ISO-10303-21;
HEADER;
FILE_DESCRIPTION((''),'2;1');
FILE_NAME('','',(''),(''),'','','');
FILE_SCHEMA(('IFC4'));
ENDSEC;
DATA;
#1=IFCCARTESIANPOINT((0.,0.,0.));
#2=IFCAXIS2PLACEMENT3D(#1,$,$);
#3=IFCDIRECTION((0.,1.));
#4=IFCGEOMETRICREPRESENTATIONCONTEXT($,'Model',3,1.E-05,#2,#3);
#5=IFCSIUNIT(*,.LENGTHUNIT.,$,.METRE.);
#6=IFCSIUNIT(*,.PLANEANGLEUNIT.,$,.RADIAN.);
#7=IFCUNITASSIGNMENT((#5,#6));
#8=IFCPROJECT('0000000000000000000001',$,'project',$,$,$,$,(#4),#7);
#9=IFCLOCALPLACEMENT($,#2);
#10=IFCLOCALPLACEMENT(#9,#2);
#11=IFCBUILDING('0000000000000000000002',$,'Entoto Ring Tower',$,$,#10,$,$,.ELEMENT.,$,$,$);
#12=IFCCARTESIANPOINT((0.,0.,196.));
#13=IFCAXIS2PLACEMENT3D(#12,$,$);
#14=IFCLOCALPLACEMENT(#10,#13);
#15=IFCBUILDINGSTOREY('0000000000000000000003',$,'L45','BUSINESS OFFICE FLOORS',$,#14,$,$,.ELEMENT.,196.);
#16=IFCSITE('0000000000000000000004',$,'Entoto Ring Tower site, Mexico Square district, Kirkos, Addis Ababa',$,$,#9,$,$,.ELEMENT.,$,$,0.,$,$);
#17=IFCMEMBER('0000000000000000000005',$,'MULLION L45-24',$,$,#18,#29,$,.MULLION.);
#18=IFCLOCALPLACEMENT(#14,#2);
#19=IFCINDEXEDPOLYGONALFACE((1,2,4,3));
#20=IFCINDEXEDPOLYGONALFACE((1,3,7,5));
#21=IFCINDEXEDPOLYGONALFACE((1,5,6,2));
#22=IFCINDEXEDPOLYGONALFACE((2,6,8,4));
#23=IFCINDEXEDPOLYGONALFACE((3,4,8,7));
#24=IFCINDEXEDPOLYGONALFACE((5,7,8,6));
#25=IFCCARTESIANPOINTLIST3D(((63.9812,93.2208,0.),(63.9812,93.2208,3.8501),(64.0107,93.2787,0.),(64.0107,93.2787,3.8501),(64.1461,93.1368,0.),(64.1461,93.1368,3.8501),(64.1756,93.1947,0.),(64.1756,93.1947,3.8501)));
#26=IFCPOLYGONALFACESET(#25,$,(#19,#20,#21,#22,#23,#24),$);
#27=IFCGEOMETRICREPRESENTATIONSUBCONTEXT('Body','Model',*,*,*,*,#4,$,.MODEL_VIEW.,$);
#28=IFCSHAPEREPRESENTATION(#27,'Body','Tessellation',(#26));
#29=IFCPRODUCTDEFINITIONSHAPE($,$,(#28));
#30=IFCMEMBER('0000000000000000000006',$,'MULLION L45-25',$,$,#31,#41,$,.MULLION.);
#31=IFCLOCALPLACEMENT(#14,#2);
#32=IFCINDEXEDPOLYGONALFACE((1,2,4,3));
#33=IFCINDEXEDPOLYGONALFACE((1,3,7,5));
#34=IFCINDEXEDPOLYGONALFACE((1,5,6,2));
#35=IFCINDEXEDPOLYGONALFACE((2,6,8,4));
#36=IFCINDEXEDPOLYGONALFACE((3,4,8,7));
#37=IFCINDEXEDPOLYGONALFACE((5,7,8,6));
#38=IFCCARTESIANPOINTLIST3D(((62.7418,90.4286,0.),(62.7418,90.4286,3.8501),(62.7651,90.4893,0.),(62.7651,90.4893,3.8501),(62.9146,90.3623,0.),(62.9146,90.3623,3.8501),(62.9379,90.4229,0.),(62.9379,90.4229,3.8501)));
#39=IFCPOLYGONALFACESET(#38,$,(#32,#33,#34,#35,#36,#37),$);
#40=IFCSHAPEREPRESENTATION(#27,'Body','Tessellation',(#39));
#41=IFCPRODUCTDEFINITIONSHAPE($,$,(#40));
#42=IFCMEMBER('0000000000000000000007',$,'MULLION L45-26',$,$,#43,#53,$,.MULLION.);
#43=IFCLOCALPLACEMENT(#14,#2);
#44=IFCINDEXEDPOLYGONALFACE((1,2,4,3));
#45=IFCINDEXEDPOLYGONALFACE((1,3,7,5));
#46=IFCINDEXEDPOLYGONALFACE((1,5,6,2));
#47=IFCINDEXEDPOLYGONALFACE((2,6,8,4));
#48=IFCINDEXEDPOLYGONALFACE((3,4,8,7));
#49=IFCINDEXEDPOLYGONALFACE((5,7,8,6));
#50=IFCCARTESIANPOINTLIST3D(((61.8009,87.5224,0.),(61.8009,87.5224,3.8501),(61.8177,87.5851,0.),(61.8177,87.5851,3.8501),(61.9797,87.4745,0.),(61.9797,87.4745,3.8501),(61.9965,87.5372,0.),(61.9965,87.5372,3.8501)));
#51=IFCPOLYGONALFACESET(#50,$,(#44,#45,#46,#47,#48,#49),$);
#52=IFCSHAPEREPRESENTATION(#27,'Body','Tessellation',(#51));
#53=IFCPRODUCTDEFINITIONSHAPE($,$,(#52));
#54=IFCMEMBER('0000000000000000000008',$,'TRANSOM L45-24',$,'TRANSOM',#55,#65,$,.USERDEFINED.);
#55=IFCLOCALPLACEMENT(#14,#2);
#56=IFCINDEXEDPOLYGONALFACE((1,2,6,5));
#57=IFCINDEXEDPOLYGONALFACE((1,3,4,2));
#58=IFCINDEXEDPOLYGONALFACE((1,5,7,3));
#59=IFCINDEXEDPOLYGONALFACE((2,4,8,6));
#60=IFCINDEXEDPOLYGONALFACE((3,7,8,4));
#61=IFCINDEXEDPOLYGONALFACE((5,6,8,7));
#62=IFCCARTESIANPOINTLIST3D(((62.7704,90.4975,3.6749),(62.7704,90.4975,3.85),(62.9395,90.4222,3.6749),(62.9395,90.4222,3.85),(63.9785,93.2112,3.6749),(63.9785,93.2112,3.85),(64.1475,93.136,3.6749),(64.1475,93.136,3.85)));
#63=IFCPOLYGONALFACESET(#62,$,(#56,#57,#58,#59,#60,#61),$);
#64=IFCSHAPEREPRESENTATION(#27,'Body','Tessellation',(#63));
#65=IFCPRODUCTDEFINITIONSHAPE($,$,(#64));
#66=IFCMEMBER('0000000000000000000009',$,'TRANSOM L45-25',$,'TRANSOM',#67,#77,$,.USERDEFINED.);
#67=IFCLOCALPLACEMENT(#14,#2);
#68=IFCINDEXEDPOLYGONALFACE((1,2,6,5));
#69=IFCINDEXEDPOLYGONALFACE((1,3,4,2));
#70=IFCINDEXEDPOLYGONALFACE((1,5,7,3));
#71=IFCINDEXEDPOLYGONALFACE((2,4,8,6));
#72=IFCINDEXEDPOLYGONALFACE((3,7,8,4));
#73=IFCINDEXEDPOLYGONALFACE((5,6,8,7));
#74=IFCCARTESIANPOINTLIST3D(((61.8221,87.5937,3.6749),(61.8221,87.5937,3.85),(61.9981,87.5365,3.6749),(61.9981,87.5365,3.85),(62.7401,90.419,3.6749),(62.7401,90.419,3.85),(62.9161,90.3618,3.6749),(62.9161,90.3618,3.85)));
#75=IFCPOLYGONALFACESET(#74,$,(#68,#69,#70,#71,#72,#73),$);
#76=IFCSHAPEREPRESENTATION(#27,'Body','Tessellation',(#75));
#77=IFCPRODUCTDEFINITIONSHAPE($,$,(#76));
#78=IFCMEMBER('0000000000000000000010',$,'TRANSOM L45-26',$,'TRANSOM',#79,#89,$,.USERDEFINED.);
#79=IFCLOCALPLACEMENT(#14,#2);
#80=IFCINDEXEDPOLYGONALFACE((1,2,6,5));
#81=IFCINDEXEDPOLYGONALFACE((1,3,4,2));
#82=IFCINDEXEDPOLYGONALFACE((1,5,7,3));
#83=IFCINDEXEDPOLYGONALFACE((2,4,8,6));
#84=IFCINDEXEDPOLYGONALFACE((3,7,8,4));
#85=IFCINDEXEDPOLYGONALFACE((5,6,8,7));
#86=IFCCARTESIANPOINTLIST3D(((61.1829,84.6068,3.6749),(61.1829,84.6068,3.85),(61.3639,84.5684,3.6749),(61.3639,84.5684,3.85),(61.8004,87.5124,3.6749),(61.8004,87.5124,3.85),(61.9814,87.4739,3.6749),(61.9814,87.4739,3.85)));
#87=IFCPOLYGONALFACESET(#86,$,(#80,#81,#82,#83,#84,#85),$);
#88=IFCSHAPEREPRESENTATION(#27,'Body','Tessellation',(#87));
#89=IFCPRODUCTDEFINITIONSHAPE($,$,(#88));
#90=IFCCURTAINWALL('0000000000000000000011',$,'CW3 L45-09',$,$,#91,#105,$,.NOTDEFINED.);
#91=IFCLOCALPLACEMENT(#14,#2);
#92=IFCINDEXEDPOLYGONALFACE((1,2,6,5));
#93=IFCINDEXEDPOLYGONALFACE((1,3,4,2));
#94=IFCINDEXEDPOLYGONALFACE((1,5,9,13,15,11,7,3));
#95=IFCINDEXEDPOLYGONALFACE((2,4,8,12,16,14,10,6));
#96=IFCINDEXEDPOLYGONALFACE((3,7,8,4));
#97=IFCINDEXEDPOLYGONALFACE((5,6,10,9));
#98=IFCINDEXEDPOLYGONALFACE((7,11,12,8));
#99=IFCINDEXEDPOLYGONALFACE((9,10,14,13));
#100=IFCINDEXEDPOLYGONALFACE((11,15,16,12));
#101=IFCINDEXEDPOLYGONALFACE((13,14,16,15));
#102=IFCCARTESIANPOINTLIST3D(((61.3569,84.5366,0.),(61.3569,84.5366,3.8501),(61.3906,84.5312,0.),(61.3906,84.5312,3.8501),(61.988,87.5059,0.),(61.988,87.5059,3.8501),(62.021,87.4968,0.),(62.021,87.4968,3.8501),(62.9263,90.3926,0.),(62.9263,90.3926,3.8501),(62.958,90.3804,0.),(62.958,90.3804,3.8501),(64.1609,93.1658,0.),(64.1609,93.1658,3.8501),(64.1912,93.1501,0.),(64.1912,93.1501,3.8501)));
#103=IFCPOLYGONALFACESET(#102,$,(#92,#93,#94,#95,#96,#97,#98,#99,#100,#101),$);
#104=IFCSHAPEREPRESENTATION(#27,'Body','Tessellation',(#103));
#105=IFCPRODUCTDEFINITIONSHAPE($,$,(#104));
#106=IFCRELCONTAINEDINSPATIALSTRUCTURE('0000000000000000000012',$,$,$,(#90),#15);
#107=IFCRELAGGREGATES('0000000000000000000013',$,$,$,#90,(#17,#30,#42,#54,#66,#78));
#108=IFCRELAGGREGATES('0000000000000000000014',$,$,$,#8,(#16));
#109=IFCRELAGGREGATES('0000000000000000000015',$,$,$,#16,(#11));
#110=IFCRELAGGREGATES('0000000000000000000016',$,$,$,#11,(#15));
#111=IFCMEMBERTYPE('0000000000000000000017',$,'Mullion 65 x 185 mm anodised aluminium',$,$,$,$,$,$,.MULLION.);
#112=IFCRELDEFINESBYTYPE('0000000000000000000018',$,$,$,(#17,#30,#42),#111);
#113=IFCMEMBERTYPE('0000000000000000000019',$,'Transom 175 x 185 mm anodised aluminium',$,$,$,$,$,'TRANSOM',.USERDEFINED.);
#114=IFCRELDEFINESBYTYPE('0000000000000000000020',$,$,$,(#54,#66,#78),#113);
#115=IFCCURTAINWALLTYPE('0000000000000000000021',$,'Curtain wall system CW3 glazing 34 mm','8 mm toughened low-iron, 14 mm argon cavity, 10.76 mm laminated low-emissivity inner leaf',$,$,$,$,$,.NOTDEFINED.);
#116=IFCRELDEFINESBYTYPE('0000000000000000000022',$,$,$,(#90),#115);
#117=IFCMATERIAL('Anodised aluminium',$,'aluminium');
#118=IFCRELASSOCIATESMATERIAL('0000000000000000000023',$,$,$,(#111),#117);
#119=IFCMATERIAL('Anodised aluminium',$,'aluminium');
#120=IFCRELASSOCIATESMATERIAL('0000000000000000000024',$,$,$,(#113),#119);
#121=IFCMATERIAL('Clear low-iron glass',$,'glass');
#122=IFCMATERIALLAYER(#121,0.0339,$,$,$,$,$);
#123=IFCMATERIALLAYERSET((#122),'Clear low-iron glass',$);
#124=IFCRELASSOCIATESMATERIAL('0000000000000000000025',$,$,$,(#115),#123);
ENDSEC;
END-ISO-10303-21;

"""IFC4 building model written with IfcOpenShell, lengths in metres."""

from ifc_helpers import new_model, si_unit, direction, frame, origin, origin_2d, place, context, subcontext, project, spatial, polyline, rectangle, outline, extrude, material, layer, layer_set, material_profile, profile_set, type_object, element, aggregate, save


model = new_model("IFC4")

# Units and contexts
model_context = context("Model", 3, precision=1e-05, world=origin(), true_north=direction((0.0, 1.0)))
body_context = subcontext(model_context, "Body", "Model", "MODEL_VIEW")
ifc_project = project(units=[si_unit("LENGTHUNIT", "METRE"), si_unit("PLANEANGLEUNIT", "RADIAN")], contexts=[model_context])

# Members
ifc_material_1 = material(Name="Anodised aluminium", Category="aluminium")
ifc_material_profile_1 = material_profile(ifc_material_1, rectangle(XDim=0.0649, YDim=0.1851, at=origin_2d()), Name="Mullion 65 x 185 mm anodised aluminium")
ifc_profile_set_1 = profile_set([ifc_material_profile_1], Name="Anodised aluminium")
member_type_1 = type_object("IfcMemberType", Name="Mullion 65 x 185 mm anodised aluminium", PredefinedType="MULLION", material=ifc_profile_set_1)
site_placement = place(None, origin())
building_placement = place(site_placement, origin())
storey_placement = place(building_placement, frame((0.0, 0.0, 196.0)))
member_1_placement = place(storey_placement, frame((64.0784, 93.2078, 0.0), z_axis=(0.0, 0.0, 1.0), x_axis=(-0.45399, -0.891007, 0.0)))
member_1 = element("IfcMember", 1, at=member_1_placement, type_object=member_type_1, Name="MULLION L45-24", PredefinedType="MULLION", context=body_context, shape_type="SweptSolid", body=[
    extrude(rectangle(XDim=0.0649, YDim=0.1851, at=origin_2d()), origin(), (0.0, 0.0, 1.0), 3.8501),
])
member_2_placement = place(storey_placement, frame((62.8398, 90.4258, 0.0), z_axis=(0.0, 0.0, 1.0), x_axis=(-0.358368, -0.93358, 0.0)))
member_2 = element("IfcMember", 2, at=member_2_placement, type_object=member_type_1, Name="MULLION L45-25", PredefinedType="MULLION", context=body_context, shape_type="SweptSolid", body=[
    extrude(rectangle(XDim=0.0649, YDim=0.1851, at=origin_2d()), origin(), (0.0, 0.0, 1.0), 3.8501),
])
member_3_placement = place(storey_placement, frame((61.8987, 87.5298, 0.0), z_axis=(0.0, 0.0, 1.0), x_axis=(-0.258819, -0.965926, 0.0)))
member_3 = element("IfcMember", 3, at=member_3_placement, type_object=member_type_1, Name="MULLION L45-26", PredefinedType="MULLION", context=body_context, shape_type="SweptSolid", body=[
    extrude(rectangle(XDim=0.0649, YDim=0.1851, at=origin_2d()), origin(), (0.0, 0.0, 1.0), 3.8501),
])
ifc_material_2 = material(Name="Anodised aluminium", Category="aluminium")
ifc_material_profile_2 = material_profile(ifc_material_2, rectangle(XDim=0.1851, YDim=0.175, at=origin_2d()), Name="Transom 175 x 185 mm anodised aluminium")
ifc_profile_set_2 = profile_set([ifc_material_profile_2], Name="Anodised aluminium")
member_type_2 = type_object("IfcMemberType", Name="Transom 175 x 185 mm anodised aluminium", ElementType="TRANSOM", PredefinedType="USERDEFINED", material=ifc_profile_set_2)
member_4_placement = place(storey_placement, frame((64.063, 93.1736, 3.7625), z_axis=(-0.406687, -0.913567, 0.0), x_axis=(0.913567, -0.406687, 0.0)))
member_4 = element("IfcMember", 4, at=member_4_placement, type_object=member_type_2, Name="TRANSOM L45-24", ObjectType="TRANSOM", PredefinedType="USERDEFINED", context=body_context, shape_type="SweptSolid", body=[
    extrude(rectangle(XDim=0.1851, YDim=0.175, at=origin_2d()), origin(), (0.0, 0.0, 1.0), 2.9705),
])
member_5_placement = place(storey_placement, frame((62.8281, 90.3904, 3.7625), z_axis=(-0.309019, -0.951056, 0.0), x_axis=(0.951056, -0.309019, 0.0)))
member_5 = element("IfcMember", 5, at=member_5_placement, type_object=member_type_2, Name="TRANSOM L45-25", ObjectType="TRANSOM", PredefinedType="USERDEFINED", context=body_context, shape_type="SweptSolid", body=[
    extrude(rectangle(XDim=0.1851, YDim=0.175, at=origin_2d()), origin(), (0.0, 0.0, 1.0), 2.9707),
])
member_6_placement = place(storey_placement, frame((61.8909, 87.4932, 3.7625), z_axis=(-0.207862, -0.978158, 0.0), x_axis=(0.978158, -0.207862, 0.0)))
member_6 = element("IfcMember", 6, at=member_6_placement, type_object=member_type_2, Name="TRANSOM L45-26", ObjectType="TRANSOM", PredefinedType="USERDEFINED", context=body_context, shape_type="SweptSolid", body=[
    extrude(rectangle(XDim=0.1851, YDim=0.175, at=origin_2d()), origin(), (0.0, 0.0, 1.0), 2.9705),
])

# Site, building, storey
site = spatial("IfcSite", under=ifc_project, at=site_placement, Name="Entoto Ring Tower site, Mexico Square district, Kirkos, Addis Ababa", CompositionType="ELEMENT", RefElevation=0.0)
building = spatial("IfcBuilding", under=site, at=building_placement, Name="Entoto Ring Tower", CompositionType="ELEMENT")
storey = spatial("IfcBuildingStorey", under=building, at=storey_placement, Name="L45", Description="BUSINESS OFFICE FLOORS", CompositionType="ELEMENT", Elevation=196.0)

# Curtain wall
ifc_material_3 = material(Name="Clear low-iron glass", Category="glass")
ifc_layer = layer(ifc_material_3, 0.0339)
ifc_layer_set = layer_set([ifc_layer], Name="Clear low-iron glass")
curtain_wall_type = type_object("IfcCurtainWallType", Name="Curtain wall system CW3 glazing 34 mm", Description="8 mm toughened low-iron, 14 mm argon cavity, 10.76 mm laminated low-emissivity inner leaf", PredefinedType="NOTDEFINED", material=ifc_layer_set)
curtain_wall_1_placement = place(storey_placement, origin())
curtain_wall_1 = element("IfcCurtainWall", 7, at=curtain_wall_1_placement, inside=storey, type_object=curtain_wall_type, Name="CW3 L45-09", PredefinedType="NOTDEFINED", context=body_context, shape_type="SweptSolid", body=[
    extrude(outline(polyline([(64.1609, 93.1658), (62.9263, 90.3926), (61.988, 87.5059), (61.3569, 84.5366), (61.3906, 84.5312), (62.021, 87.4968), (62.958, 90.3804), (64.1912, 93.1501), (64.1609, 93.1658)])), origin(), (0.0, 0.0, 1.0), 3.8501),
])
aggregate(curtain_wall_1, [member_1, member_2, member_3, member_4, member_5, member_6])

save(model, "model.ifc")
